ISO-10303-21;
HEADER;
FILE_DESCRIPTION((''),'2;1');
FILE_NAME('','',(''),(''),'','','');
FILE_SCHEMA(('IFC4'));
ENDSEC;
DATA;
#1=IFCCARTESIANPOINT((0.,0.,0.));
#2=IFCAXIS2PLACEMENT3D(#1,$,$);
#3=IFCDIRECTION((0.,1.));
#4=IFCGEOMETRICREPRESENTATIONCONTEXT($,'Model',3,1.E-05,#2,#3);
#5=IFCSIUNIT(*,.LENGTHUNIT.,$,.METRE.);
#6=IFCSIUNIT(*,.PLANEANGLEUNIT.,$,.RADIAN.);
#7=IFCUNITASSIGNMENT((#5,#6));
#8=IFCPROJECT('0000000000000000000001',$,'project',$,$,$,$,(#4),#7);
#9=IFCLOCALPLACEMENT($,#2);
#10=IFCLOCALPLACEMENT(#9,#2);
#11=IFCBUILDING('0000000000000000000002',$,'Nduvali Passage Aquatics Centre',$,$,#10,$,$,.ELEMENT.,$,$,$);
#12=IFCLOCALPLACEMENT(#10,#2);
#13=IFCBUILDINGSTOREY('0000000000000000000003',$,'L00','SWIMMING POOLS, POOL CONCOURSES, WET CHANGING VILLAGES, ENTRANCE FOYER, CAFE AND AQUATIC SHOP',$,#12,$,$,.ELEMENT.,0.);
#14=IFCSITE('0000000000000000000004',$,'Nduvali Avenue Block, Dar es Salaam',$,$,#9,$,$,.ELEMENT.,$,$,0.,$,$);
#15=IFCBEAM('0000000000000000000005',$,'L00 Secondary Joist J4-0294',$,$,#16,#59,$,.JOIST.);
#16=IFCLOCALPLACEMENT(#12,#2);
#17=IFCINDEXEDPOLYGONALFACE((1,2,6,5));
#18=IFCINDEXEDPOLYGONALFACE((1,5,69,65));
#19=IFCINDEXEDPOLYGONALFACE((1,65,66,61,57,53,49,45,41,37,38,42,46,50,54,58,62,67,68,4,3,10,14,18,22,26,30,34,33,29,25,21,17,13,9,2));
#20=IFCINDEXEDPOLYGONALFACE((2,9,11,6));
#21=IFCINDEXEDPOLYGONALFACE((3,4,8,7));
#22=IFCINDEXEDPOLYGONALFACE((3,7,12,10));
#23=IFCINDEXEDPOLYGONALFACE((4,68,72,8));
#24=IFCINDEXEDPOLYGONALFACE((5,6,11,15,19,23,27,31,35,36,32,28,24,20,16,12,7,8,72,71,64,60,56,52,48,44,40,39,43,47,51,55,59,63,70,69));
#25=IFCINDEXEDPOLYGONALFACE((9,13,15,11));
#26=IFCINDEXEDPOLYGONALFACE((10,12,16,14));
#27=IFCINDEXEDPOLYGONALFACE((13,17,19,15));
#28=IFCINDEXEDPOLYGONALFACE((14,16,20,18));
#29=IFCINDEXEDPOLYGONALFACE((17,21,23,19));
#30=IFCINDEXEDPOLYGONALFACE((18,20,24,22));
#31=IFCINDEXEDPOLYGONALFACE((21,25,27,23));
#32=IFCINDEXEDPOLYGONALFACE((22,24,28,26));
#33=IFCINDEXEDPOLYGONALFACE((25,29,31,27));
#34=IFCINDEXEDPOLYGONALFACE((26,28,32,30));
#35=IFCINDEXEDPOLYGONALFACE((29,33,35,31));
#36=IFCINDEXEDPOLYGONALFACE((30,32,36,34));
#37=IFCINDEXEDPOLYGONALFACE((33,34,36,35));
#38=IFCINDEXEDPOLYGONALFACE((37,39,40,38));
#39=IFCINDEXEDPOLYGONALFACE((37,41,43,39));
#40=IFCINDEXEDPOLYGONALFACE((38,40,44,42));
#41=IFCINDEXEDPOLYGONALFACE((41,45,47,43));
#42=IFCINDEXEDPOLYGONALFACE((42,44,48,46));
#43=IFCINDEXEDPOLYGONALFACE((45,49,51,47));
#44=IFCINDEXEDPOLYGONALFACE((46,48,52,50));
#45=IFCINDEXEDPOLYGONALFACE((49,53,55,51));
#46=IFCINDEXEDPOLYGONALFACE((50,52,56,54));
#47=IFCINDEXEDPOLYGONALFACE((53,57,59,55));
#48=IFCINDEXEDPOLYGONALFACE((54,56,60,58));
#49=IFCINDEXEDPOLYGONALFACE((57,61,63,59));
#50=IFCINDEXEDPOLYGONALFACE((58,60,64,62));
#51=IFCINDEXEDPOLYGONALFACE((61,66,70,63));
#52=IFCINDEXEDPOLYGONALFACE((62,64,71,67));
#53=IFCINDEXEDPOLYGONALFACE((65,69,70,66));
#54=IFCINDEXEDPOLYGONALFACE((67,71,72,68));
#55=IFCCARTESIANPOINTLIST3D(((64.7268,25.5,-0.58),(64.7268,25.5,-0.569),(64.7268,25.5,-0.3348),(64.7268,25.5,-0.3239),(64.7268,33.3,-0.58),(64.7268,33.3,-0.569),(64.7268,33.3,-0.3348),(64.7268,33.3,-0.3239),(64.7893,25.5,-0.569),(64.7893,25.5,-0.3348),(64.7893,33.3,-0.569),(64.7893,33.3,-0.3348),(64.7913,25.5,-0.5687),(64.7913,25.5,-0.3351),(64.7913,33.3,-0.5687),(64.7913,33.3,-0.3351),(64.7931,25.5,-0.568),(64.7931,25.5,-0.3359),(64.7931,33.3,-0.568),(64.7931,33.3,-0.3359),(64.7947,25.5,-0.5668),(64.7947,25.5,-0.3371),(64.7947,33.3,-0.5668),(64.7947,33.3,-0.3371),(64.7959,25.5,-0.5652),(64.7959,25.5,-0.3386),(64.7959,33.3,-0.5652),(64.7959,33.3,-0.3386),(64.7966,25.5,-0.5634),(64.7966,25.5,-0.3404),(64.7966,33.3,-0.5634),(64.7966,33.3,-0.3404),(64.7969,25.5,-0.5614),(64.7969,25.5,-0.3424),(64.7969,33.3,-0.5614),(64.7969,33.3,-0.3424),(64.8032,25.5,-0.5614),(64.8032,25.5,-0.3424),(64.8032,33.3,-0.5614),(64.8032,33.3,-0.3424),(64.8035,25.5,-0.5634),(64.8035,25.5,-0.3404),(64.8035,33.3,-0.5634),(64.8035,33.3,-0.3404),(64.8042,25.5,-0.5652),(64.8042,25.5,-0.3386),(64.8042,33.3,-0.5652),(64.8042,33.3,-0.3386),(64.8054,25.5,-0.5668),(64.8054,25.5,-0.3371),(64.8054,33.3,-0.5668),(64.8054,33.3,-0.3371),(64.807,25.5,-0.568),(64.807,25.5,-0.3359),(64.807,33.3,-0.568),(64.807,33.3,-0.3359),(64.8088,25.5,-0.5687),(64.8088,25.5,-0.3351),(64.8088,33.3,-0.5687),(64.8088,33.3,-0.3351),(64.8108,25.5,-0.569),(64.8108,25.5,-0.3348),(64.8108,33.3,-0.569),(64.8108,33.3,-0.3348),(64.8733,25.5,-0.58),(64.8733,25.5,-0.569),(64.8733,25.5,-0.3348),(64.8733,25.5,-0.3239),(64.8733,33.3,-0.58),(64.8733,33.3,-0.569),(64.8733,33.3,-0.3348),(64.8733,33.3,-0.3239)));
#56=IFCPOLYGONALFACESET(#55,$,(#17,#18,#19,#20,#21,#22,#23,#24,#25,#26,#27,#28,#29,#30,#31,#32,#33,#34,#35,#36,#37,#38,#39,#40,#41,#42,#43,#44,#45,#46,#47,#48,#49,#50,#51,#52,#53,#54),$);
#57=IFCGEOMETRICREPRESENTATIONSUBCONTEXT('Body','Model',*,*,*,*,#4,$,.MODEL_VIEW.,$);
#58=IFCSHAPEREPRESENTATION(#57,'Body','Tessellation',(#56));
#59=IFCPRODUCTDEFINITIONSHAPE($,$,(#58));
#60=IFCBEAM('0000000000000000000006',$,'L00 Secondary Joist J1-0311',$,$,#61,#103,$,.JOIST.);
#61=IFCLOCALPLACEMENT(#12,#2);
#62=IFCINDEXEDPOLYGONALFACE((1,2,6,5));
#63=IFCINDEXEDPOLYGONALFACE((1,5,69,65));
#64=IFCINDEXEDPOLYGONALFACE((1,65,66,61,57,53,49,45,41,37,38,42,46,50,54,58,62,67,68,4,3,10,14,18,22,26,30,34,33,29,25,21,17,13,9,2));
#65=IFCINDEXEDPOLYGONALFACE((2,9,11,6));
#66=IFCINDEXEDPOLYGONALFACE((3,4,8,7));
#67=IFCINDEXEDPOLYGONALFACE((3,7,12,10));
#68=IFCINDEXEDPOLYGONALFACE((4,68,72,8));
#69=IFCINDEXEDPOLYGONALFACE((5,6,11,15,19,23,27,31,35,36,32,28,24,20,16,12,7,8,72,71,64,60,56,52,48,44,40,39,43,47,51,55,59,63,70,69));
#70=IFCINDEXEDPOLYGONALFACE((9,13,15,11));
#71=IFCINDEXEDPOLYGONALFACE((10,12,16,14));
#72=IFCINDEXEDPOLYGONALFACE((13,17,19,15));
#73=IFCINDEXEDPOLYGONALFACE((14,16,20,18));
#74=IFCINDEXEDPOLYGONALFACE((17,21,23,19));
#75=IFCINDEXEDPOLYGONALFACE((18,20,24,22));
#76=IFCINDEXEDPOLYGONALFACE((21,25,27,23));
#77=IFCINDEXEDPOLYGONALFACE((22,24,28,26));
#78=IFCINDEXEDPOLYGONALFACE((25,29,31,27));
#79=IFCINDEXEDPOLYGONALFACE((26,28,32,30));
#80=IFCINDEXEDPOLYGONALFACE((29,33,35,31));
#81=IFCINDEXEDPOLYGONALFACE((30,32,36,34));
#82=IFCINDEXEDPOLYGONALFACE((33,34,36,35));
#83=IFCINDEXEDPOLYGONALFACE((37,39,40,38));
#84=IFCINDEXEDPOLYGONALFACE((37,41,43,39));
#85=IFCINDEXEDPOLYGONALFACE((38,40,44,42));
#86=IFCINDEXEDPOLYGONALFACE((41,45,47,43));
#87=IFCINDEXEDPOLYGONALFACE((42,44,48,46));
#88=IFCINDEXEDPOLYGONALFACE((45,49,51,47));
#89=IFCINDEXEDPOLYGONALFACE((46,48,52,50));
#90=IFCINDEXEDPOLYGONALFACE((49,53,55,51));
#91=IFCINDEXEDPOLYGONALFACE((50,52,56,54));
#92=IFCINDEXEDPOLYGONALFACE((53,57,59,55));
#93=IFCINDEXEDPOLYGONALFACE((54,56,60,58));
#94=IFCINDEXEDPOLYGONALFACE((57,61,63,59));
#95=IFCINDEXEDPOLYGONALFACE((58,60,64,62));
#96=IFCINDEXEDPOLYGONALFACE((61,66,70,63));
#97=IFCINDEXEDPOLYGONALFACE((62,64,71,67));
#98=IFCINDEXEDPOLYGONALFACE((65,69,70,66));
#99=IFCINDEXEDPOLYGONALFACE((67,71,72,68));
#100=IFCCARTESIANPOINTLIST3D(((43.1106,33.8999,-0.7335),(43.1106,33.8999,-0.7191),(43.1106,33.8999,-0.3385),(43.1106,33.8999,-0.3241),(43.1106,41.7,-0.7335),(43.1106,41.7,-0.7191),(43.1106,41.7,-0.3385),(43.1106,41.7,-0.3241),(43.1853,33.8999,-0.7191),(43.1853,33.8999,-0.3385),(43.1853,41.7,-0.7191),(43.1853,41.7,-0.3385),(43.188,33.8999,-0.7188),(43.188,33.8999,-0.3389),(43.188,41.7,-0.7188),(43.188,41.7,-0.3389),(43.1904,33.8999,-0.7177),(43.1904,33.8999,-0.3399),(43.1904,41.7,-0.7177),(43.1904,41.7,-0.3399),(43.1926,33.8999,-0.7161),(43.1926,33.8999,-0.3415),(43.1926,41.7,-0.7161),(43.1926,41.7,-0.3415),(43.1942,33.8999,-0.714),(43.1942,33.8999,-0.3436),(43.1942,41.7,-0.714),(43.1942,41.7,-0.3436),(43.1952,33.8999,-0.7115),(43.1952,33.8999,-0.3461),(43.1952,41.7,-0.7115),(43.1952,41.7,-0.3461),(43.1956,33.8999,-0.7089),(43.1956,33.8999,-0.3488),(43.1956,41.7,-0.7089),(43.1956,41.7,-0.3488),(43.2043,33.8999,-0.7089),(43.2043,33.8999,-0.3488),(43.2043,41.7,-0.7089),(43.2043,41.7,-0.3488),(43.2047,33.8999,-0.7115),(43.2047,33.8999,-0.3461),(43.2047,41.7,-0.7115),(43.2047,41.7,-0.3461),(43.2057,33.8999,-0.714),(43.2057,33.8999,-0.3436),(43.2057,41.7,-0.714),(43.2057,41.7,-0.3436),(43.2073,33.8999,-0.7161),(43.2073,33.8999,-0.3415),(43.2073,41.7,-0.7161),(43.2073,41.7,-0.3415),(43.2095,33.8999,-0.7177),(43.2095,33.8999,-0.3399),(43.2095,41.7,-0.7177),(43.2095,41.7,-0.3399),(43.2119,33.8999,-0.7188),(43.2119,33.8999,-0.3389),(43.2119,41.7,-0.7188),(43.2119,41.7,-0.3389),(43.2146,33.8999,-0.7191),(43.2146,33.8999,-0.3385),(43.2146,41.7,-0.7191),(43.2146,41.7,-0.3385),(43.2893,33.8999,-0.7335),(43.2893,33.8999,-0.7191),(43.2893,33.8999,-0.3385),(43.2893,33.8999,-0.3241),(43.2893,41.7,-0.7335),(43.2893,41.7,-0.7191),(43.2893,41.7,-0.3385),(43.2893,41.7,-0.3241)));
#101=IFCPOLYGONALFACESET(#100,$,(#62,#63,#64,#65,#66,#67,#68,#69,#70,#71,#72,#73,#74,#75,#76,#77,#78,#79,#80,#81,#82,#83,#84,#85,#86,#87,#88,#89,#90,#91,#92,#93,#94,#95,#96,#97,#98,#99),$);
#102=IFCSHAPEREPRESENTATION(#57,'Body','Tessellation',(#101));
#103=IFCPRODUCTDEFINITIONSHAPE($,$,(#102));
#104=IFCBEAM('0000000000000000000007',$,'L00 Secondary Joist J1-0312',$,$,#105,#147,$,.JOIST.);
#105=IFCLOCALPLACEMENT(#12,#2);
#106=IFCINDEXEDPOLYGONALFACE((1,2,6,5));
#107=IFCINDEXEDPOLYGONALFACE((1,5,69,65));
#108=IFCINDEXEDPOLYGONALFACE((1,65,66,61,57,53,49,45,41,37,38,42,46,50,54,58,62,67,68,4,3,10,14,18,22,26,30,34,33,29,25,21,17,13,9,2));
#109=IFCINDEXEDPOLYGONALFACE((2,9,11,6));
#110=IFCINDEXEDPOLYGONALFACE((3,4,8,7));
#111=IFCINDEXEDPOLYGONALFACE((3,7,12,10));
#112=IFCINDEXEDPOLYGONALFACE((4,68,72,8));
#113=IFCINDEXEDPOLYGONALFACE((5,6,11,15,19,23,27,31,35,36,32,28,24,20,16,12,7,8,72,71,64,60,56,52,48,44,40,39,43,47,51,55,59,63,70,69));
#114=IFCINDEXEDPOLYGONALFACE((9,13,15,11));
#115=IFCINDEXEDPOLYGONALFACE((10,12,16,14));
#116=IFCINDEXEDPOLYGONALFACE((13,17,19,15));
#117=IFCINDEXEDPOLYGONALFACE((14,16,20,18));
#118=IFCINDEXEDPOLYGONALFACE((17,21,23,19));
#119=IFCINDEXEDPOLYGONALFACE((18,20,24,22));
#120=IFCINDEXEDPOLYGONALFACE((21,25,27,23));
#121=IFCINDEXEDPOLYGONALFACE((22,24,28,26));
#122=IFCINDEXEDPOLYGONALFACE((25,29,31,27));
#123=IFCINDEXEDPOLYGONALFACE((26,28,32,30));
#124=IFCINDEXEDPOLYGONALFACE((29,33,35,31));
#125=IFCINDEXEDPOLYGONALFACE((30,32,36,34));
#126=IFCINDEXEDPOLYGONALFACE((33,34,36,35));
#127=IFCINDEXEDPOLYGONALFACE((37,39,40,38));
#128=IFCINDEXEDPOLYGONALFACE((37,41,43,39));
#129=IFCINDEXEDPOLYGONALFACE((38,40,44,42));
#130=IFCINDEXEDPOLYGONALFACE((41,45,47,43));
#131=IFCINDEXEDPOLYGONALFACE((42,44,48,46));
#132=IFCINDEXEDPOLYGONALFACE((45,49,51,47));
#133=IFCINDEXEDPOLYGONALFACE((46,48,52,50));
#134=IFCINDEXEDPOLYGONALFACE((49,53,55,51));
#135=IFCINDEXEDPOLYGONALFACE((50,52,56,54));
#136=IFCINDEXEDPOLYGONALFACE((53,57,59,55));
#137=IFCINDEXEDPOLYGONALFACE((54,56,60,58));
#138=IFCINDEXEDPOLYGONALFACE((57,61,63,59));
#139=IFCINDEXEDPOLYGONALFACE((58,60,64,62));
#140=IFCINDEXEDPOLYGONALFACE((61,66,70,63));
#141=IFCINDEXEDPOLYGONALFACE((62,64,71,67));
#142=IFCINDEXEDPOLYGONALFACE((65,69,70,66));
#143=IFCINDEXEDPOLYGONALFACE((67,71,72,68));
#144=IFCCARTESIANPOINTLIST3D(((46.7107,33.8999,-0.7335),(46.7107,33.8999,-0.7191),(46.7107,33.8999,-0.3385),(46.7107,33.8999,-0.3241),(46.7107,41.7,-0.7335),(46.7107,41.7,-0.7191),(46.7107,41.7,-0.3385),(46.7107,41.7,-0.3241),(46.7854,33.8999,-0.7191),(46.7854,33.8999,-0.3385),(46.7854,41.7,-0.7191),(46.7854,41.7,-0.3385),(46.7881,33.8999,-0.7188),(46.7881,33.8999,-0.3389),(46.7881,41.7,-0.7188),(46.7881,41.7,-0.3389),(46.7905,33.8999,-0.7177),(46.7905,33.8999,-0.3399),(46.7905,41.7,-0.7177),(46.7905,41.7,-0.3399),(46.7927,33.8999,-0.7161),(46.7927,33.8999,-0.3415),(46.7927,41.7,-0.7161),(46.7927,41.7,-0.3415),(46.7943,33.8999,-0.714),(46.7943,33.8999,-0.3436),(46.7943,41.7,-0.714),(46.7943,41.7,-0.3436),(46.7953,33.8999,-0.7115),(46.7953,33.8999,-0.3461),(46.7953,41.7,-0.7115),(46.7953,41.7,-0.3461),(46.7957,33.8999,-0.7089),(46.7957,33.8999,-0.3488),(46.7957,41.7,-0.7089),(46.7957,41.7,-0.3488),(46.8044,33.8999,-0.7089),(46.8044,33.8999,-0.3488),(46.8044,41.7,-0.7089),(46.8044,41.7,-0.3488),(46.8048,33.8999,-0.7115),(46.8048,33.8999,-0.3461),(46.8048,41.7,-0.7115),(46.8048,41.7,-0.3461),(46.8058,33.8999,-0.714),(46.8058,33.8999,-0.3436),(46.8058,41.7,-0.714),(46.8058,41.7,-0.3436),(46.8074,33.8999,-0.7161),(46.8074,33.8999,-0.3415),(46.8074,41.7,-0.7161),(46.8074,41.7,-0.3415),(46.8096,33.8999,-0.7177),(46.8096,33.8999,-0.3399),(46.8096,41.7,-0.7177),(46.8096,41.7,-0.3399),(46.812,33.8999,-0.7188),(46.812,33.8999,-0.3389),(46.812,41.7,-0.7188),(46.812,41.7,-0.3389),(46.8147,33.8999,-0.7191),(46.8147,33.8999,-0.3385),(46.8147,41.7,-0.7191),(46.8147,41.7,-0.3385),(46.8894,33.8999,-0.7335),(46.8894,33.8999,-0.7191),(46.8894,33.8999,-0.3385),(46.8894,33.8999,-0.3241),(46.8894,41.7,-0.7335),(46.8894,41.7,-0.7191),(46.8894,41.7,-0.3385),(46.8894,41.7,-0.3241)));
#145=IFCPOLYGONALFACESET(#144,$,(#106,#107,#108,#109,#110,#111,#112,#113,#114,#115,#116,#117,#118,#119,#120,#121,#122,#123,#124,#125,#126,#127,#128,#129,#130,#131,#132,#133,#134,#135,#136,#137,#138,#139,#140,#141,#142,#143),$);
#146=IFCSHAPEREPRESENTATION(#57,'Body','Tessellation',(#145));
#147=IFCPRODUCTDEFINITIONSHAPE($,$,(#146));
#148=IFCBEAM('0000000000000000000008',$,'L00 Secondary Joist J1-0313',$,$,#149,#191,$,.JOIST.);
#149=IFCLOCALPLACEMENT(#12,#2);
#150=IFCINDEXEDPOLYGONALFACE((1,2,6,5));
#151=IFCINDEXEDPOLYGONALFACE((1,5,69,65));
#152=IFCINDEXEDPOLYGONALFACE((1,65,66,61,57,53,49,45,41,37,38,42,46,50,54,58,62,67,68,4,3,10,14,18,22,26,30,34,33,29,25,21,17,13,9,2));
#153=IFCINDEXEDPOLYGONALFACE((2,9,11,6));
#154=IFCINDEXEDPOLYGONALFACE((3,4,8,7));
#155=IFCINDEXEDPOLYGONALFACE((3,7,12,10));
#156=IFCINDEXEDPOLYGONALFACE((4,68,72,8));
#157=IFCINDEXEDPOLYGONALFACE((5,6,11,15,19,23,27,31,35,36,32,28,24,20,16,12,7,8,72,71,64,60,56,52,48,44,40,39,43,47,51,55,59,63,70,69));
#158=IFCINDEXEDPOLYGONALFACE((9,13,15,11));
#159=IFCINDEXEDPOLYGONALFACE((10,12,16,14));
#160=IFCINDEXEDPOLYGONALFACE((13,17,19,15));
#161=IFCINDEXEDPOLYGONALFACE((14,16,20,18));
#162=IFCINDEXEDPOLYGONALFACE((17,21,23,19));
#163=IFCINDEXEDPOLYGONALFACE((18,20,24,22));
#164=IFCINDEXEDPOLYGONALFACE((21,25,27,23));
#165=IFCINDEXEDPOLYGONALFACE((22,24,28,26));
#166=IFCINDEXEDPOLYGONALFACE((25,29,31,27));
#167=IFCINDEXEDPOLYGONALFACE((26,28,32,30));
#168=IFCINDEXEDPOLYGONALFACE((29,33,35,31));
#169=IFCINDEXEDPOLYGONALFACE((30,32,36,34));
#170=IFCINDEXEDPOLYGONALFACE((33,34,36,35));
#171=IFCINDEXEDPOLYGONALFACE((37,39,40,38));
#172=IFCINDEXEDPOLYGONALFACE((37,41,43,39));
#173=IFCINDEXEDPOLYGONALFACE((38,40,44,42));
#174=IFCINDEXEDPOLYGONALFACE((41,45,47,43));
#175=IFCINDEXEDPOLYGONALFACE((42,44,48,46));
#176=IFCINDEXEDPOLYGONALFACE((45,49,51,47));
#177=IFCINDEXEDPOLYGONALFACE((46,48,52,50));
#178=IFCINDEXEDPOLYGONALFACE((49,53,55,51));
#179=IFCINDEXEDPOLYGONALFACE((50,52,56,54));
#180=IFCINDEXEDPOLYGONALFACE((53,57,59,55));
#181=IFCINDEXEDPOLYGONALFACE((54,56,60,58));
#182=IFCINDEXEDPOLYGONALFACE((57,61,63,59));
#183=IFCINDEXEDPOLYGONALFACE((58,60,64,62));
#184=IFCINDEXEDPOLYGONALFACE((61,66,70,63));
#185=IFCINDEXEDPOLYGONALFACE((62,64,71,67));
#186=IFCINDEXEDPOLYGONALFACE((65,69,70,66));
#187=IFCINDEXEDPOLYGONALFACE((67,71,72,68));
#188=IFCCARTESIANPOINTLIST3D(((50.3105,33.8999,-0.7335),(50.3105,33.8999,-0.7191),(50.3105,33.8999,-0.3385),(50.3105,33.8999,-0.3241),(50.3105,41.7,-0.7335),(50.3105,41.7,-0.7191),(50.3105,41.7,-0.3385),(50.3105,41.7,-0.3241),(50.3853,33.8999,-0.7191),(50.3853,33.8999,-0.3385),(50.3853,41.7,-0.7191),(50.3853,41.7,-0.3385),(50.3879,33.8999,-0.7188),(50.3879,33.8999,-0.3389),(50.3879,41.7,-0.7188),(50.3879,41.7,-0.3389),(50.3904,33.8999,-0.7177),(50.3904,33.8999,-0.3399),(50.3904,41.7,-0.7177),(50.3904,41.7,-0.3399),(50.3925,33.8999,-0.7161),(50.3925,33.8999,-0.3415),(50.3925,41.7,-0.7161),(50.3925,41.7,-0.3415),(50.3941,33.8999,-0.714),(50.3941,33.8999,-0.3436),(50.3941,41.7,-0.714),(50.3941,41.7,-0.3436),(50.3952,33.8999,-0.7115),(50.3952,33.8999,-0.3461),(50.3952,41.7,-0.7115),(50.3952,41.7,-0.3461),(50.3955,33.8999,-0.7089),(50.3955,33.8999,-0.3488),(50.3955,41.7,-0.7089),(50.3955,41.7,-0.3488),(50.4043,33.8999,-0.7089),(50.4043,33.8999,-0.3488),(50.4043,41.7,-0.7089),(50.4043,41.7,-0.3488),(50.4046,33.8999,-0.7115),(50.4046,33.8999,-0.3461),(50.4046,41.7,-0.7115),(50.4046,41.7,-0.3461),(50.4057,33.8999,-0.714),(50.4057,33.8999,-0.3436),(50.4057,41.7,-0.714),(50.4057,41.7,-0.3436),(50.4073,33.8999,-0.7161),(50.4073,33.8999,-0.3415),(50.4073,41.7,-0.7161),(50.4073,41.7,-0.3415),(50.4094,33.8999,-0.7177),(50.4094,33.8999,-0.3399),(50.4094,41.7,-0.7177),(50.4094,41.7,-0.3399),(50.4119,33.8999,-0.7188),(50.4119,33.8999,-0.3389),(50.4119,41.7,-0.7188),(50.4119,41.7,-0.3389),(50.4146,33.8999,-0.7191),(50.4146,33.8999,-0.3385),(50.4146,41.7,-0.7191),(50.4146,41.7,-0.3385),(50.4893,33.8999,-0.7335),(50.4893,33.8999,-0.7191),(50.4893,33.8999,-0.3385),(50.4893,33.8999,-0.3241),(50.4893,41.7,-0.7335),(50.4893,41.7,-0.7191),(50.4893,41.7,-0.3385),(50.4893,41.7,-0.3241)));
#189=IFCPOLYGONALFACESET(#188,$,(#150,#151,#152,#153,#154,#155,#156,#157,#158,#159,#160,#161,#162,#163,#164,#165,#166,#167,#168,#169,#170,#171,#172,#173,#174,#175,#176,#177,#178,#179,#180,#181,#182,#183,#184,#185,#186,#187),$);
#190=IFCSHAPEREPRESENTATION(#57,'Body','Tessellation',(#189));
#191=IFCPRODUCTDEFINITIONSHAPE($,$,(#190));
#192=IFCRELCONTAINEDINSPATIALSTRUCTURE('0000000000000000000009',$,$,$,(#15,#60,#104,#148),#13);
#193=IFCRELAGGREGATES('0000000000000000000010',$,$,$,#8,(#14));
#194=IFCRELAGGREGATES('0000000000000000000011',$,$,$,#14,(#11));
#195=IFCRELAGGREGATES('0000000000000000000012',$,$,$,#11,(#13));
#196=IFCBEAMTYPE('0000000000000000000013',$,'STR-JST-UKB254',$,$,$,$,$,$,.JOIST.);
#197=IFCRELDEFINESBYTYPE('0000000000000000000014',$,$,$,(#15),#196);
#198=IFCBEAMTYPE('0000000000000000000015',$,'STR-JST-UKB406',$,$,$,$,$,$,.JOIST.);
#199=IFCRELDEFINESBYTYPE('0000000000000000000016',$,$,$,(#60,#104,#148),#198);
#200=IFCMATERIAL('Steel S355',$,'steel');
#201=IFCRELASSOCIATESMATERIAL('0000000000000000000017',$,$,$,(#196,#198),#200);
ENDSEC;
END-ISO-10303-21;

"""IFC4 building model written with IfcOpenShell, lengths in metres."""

from ifc_helpers import new_model, si_unit, direction, frame, origin, origin_2d, place, context, subcontext, project, spatial, i_section, extrude, material, material_profile, profile_set, type_object, element, save


model = new_model("IFC4")

# Units and contexts
model_context = context("Model", 3, precision=1e-05, world=origin(), true_north=direction((0.0, 1.0)))
body_context = subcontext(model_context, "Body", "Model", "MODEL_VIEW")
ifc_project = project(units=[si_unit("LENGTHUNIT", "METRE"), si_unit("PLANEANGLEUNIT", "RADIAN")], contexts=[model_context])

# Site, building, storey
site_placement = place(None, origin())
site = spatial("IfcSite", under=ifc_project, at=site_placement, Name="Nduvali Avenue Block, Dar es Salaam", CompositionType="ELEMENT", RefElevation=0.0)
building_placement = place(site_placement, origin())
building = spatial("IfcBuilding", under=site, at=building_placement, Name="Nduvali Passage Aquatics Centre", CompositionType="ELEMENT")
storey_placement = place(building_placement, origin())
storey = spatial("IfcBuildingStorey", under=building, at=storey_placement, Name="L00", Description="SWIMMING POOLS, POOL CONCOURSES, WET CHANGING VILLAGES, ENTRANCE FOYER, CAFE AND AQUATIC SHOP", CompositionType="ELEMENT", Elevation=0.0)

# Beams
ifc_material_1 = material(Name="Steel S355", Category="steel")
ifc_material_profile_1 = material_profile(ifc_material_1, i_section(OverallWidth=0.1465, OverallDepth=0.2561, WebThickness=0.0063, FlangeThickness=0.011, FilletRadius=0.0076, at=origin_2d()), Name="UKB 254x146x37")
ifc_profile_set_1 = profile_set([ifc_material_profile_1], Name="Steel S355")
beam_type_1 = type_object("IfcBeamType", Name="STR-JST-UKB254", PredefinedType="JOIST", material=ifc_profile_set_1)
for number, where, z_axis, x_axis, name in (
    (1, (64.8, 25.5, -0.4519), (0.0, 1.0, 0.0), (-1.0, 0.0, 0.0), "L00 Secondary Joist J4-0294"),
):
    element("IfcBeam", number, at=place(storey_placement, frame(where, z_axis=z_axis, x_axis=x_axis)), inside=storey, type_object=beam_type_1, Name=name, PredefinedType="JOIST", context=body_context, shape_type="SweptSolid", body=[
        extrude(i_section(OverallWidth=0.1465, OverallDepth=0.2561, WebThickness=0.0063, FlangeThickness=0.011, FilletRadius=0.0076, at=origin_2d()), origin(), (0.0, 0.0, 1.0), 7.8),
    ])
ifc_material_profile_2 = material_profile(ifc_material_1, i_section(OverallWidth=0.1787, OverallDepth=0.4094, WebThickness=0.0088, FlangeThickness=0.0144, FilletRadius=0.0103, at=origin_2d()), Name="UKB 406x178x67")
ifc_profile_set_2 = profile_set([ifc_material_profile_2], Name="Steel S355")
beam_type_2 = type_object("IfcBeamType", Name="STR-JST-UKB406", PredefinedType="JOIST", material=ifc_profile_set_2)
for number, where, z_axis, x_axis, name in (
    (2, (43.2, 33.8999, -0.5288), (0.0, 1.0, 0.0), (-1.0, 0.0, 0.0), "L00 Secondary Joist J1-0311"),
    (3, (46.8, 33.8999, -0.5288), (0.0, 1.0, 0.0), (-1.0, 0.0, 0.0), "L00 Secondary Joist J1-0312"),
    (4, (50.3999, 33.8999, -0.5288), (0.0, 1.0, 0.0), (-1.0, 0.0, 0.0), "L00 Secondary Joist J1-0313"),
):
    element("IfcBeam", number, at=place(storey_placement, frame(where, z_axis=z_axis, x_axis=x_axis)), inside=storey, type_object=beam_type_2, Name=name, PredefinedType="JOIST", context=body_context, shape_type="SweptSolid", body=[
        extrude(i_section(OverallWidth=0.1787, OverallDepth=0.4094, WebThickness=0.0088, FlangeThickness=0.0144, FilletRadius=0.0103, at=origin_2d()), origin(), (0.0, 0.0, 1.0), 7.8),
    ])

save(model, "model.ifc")
